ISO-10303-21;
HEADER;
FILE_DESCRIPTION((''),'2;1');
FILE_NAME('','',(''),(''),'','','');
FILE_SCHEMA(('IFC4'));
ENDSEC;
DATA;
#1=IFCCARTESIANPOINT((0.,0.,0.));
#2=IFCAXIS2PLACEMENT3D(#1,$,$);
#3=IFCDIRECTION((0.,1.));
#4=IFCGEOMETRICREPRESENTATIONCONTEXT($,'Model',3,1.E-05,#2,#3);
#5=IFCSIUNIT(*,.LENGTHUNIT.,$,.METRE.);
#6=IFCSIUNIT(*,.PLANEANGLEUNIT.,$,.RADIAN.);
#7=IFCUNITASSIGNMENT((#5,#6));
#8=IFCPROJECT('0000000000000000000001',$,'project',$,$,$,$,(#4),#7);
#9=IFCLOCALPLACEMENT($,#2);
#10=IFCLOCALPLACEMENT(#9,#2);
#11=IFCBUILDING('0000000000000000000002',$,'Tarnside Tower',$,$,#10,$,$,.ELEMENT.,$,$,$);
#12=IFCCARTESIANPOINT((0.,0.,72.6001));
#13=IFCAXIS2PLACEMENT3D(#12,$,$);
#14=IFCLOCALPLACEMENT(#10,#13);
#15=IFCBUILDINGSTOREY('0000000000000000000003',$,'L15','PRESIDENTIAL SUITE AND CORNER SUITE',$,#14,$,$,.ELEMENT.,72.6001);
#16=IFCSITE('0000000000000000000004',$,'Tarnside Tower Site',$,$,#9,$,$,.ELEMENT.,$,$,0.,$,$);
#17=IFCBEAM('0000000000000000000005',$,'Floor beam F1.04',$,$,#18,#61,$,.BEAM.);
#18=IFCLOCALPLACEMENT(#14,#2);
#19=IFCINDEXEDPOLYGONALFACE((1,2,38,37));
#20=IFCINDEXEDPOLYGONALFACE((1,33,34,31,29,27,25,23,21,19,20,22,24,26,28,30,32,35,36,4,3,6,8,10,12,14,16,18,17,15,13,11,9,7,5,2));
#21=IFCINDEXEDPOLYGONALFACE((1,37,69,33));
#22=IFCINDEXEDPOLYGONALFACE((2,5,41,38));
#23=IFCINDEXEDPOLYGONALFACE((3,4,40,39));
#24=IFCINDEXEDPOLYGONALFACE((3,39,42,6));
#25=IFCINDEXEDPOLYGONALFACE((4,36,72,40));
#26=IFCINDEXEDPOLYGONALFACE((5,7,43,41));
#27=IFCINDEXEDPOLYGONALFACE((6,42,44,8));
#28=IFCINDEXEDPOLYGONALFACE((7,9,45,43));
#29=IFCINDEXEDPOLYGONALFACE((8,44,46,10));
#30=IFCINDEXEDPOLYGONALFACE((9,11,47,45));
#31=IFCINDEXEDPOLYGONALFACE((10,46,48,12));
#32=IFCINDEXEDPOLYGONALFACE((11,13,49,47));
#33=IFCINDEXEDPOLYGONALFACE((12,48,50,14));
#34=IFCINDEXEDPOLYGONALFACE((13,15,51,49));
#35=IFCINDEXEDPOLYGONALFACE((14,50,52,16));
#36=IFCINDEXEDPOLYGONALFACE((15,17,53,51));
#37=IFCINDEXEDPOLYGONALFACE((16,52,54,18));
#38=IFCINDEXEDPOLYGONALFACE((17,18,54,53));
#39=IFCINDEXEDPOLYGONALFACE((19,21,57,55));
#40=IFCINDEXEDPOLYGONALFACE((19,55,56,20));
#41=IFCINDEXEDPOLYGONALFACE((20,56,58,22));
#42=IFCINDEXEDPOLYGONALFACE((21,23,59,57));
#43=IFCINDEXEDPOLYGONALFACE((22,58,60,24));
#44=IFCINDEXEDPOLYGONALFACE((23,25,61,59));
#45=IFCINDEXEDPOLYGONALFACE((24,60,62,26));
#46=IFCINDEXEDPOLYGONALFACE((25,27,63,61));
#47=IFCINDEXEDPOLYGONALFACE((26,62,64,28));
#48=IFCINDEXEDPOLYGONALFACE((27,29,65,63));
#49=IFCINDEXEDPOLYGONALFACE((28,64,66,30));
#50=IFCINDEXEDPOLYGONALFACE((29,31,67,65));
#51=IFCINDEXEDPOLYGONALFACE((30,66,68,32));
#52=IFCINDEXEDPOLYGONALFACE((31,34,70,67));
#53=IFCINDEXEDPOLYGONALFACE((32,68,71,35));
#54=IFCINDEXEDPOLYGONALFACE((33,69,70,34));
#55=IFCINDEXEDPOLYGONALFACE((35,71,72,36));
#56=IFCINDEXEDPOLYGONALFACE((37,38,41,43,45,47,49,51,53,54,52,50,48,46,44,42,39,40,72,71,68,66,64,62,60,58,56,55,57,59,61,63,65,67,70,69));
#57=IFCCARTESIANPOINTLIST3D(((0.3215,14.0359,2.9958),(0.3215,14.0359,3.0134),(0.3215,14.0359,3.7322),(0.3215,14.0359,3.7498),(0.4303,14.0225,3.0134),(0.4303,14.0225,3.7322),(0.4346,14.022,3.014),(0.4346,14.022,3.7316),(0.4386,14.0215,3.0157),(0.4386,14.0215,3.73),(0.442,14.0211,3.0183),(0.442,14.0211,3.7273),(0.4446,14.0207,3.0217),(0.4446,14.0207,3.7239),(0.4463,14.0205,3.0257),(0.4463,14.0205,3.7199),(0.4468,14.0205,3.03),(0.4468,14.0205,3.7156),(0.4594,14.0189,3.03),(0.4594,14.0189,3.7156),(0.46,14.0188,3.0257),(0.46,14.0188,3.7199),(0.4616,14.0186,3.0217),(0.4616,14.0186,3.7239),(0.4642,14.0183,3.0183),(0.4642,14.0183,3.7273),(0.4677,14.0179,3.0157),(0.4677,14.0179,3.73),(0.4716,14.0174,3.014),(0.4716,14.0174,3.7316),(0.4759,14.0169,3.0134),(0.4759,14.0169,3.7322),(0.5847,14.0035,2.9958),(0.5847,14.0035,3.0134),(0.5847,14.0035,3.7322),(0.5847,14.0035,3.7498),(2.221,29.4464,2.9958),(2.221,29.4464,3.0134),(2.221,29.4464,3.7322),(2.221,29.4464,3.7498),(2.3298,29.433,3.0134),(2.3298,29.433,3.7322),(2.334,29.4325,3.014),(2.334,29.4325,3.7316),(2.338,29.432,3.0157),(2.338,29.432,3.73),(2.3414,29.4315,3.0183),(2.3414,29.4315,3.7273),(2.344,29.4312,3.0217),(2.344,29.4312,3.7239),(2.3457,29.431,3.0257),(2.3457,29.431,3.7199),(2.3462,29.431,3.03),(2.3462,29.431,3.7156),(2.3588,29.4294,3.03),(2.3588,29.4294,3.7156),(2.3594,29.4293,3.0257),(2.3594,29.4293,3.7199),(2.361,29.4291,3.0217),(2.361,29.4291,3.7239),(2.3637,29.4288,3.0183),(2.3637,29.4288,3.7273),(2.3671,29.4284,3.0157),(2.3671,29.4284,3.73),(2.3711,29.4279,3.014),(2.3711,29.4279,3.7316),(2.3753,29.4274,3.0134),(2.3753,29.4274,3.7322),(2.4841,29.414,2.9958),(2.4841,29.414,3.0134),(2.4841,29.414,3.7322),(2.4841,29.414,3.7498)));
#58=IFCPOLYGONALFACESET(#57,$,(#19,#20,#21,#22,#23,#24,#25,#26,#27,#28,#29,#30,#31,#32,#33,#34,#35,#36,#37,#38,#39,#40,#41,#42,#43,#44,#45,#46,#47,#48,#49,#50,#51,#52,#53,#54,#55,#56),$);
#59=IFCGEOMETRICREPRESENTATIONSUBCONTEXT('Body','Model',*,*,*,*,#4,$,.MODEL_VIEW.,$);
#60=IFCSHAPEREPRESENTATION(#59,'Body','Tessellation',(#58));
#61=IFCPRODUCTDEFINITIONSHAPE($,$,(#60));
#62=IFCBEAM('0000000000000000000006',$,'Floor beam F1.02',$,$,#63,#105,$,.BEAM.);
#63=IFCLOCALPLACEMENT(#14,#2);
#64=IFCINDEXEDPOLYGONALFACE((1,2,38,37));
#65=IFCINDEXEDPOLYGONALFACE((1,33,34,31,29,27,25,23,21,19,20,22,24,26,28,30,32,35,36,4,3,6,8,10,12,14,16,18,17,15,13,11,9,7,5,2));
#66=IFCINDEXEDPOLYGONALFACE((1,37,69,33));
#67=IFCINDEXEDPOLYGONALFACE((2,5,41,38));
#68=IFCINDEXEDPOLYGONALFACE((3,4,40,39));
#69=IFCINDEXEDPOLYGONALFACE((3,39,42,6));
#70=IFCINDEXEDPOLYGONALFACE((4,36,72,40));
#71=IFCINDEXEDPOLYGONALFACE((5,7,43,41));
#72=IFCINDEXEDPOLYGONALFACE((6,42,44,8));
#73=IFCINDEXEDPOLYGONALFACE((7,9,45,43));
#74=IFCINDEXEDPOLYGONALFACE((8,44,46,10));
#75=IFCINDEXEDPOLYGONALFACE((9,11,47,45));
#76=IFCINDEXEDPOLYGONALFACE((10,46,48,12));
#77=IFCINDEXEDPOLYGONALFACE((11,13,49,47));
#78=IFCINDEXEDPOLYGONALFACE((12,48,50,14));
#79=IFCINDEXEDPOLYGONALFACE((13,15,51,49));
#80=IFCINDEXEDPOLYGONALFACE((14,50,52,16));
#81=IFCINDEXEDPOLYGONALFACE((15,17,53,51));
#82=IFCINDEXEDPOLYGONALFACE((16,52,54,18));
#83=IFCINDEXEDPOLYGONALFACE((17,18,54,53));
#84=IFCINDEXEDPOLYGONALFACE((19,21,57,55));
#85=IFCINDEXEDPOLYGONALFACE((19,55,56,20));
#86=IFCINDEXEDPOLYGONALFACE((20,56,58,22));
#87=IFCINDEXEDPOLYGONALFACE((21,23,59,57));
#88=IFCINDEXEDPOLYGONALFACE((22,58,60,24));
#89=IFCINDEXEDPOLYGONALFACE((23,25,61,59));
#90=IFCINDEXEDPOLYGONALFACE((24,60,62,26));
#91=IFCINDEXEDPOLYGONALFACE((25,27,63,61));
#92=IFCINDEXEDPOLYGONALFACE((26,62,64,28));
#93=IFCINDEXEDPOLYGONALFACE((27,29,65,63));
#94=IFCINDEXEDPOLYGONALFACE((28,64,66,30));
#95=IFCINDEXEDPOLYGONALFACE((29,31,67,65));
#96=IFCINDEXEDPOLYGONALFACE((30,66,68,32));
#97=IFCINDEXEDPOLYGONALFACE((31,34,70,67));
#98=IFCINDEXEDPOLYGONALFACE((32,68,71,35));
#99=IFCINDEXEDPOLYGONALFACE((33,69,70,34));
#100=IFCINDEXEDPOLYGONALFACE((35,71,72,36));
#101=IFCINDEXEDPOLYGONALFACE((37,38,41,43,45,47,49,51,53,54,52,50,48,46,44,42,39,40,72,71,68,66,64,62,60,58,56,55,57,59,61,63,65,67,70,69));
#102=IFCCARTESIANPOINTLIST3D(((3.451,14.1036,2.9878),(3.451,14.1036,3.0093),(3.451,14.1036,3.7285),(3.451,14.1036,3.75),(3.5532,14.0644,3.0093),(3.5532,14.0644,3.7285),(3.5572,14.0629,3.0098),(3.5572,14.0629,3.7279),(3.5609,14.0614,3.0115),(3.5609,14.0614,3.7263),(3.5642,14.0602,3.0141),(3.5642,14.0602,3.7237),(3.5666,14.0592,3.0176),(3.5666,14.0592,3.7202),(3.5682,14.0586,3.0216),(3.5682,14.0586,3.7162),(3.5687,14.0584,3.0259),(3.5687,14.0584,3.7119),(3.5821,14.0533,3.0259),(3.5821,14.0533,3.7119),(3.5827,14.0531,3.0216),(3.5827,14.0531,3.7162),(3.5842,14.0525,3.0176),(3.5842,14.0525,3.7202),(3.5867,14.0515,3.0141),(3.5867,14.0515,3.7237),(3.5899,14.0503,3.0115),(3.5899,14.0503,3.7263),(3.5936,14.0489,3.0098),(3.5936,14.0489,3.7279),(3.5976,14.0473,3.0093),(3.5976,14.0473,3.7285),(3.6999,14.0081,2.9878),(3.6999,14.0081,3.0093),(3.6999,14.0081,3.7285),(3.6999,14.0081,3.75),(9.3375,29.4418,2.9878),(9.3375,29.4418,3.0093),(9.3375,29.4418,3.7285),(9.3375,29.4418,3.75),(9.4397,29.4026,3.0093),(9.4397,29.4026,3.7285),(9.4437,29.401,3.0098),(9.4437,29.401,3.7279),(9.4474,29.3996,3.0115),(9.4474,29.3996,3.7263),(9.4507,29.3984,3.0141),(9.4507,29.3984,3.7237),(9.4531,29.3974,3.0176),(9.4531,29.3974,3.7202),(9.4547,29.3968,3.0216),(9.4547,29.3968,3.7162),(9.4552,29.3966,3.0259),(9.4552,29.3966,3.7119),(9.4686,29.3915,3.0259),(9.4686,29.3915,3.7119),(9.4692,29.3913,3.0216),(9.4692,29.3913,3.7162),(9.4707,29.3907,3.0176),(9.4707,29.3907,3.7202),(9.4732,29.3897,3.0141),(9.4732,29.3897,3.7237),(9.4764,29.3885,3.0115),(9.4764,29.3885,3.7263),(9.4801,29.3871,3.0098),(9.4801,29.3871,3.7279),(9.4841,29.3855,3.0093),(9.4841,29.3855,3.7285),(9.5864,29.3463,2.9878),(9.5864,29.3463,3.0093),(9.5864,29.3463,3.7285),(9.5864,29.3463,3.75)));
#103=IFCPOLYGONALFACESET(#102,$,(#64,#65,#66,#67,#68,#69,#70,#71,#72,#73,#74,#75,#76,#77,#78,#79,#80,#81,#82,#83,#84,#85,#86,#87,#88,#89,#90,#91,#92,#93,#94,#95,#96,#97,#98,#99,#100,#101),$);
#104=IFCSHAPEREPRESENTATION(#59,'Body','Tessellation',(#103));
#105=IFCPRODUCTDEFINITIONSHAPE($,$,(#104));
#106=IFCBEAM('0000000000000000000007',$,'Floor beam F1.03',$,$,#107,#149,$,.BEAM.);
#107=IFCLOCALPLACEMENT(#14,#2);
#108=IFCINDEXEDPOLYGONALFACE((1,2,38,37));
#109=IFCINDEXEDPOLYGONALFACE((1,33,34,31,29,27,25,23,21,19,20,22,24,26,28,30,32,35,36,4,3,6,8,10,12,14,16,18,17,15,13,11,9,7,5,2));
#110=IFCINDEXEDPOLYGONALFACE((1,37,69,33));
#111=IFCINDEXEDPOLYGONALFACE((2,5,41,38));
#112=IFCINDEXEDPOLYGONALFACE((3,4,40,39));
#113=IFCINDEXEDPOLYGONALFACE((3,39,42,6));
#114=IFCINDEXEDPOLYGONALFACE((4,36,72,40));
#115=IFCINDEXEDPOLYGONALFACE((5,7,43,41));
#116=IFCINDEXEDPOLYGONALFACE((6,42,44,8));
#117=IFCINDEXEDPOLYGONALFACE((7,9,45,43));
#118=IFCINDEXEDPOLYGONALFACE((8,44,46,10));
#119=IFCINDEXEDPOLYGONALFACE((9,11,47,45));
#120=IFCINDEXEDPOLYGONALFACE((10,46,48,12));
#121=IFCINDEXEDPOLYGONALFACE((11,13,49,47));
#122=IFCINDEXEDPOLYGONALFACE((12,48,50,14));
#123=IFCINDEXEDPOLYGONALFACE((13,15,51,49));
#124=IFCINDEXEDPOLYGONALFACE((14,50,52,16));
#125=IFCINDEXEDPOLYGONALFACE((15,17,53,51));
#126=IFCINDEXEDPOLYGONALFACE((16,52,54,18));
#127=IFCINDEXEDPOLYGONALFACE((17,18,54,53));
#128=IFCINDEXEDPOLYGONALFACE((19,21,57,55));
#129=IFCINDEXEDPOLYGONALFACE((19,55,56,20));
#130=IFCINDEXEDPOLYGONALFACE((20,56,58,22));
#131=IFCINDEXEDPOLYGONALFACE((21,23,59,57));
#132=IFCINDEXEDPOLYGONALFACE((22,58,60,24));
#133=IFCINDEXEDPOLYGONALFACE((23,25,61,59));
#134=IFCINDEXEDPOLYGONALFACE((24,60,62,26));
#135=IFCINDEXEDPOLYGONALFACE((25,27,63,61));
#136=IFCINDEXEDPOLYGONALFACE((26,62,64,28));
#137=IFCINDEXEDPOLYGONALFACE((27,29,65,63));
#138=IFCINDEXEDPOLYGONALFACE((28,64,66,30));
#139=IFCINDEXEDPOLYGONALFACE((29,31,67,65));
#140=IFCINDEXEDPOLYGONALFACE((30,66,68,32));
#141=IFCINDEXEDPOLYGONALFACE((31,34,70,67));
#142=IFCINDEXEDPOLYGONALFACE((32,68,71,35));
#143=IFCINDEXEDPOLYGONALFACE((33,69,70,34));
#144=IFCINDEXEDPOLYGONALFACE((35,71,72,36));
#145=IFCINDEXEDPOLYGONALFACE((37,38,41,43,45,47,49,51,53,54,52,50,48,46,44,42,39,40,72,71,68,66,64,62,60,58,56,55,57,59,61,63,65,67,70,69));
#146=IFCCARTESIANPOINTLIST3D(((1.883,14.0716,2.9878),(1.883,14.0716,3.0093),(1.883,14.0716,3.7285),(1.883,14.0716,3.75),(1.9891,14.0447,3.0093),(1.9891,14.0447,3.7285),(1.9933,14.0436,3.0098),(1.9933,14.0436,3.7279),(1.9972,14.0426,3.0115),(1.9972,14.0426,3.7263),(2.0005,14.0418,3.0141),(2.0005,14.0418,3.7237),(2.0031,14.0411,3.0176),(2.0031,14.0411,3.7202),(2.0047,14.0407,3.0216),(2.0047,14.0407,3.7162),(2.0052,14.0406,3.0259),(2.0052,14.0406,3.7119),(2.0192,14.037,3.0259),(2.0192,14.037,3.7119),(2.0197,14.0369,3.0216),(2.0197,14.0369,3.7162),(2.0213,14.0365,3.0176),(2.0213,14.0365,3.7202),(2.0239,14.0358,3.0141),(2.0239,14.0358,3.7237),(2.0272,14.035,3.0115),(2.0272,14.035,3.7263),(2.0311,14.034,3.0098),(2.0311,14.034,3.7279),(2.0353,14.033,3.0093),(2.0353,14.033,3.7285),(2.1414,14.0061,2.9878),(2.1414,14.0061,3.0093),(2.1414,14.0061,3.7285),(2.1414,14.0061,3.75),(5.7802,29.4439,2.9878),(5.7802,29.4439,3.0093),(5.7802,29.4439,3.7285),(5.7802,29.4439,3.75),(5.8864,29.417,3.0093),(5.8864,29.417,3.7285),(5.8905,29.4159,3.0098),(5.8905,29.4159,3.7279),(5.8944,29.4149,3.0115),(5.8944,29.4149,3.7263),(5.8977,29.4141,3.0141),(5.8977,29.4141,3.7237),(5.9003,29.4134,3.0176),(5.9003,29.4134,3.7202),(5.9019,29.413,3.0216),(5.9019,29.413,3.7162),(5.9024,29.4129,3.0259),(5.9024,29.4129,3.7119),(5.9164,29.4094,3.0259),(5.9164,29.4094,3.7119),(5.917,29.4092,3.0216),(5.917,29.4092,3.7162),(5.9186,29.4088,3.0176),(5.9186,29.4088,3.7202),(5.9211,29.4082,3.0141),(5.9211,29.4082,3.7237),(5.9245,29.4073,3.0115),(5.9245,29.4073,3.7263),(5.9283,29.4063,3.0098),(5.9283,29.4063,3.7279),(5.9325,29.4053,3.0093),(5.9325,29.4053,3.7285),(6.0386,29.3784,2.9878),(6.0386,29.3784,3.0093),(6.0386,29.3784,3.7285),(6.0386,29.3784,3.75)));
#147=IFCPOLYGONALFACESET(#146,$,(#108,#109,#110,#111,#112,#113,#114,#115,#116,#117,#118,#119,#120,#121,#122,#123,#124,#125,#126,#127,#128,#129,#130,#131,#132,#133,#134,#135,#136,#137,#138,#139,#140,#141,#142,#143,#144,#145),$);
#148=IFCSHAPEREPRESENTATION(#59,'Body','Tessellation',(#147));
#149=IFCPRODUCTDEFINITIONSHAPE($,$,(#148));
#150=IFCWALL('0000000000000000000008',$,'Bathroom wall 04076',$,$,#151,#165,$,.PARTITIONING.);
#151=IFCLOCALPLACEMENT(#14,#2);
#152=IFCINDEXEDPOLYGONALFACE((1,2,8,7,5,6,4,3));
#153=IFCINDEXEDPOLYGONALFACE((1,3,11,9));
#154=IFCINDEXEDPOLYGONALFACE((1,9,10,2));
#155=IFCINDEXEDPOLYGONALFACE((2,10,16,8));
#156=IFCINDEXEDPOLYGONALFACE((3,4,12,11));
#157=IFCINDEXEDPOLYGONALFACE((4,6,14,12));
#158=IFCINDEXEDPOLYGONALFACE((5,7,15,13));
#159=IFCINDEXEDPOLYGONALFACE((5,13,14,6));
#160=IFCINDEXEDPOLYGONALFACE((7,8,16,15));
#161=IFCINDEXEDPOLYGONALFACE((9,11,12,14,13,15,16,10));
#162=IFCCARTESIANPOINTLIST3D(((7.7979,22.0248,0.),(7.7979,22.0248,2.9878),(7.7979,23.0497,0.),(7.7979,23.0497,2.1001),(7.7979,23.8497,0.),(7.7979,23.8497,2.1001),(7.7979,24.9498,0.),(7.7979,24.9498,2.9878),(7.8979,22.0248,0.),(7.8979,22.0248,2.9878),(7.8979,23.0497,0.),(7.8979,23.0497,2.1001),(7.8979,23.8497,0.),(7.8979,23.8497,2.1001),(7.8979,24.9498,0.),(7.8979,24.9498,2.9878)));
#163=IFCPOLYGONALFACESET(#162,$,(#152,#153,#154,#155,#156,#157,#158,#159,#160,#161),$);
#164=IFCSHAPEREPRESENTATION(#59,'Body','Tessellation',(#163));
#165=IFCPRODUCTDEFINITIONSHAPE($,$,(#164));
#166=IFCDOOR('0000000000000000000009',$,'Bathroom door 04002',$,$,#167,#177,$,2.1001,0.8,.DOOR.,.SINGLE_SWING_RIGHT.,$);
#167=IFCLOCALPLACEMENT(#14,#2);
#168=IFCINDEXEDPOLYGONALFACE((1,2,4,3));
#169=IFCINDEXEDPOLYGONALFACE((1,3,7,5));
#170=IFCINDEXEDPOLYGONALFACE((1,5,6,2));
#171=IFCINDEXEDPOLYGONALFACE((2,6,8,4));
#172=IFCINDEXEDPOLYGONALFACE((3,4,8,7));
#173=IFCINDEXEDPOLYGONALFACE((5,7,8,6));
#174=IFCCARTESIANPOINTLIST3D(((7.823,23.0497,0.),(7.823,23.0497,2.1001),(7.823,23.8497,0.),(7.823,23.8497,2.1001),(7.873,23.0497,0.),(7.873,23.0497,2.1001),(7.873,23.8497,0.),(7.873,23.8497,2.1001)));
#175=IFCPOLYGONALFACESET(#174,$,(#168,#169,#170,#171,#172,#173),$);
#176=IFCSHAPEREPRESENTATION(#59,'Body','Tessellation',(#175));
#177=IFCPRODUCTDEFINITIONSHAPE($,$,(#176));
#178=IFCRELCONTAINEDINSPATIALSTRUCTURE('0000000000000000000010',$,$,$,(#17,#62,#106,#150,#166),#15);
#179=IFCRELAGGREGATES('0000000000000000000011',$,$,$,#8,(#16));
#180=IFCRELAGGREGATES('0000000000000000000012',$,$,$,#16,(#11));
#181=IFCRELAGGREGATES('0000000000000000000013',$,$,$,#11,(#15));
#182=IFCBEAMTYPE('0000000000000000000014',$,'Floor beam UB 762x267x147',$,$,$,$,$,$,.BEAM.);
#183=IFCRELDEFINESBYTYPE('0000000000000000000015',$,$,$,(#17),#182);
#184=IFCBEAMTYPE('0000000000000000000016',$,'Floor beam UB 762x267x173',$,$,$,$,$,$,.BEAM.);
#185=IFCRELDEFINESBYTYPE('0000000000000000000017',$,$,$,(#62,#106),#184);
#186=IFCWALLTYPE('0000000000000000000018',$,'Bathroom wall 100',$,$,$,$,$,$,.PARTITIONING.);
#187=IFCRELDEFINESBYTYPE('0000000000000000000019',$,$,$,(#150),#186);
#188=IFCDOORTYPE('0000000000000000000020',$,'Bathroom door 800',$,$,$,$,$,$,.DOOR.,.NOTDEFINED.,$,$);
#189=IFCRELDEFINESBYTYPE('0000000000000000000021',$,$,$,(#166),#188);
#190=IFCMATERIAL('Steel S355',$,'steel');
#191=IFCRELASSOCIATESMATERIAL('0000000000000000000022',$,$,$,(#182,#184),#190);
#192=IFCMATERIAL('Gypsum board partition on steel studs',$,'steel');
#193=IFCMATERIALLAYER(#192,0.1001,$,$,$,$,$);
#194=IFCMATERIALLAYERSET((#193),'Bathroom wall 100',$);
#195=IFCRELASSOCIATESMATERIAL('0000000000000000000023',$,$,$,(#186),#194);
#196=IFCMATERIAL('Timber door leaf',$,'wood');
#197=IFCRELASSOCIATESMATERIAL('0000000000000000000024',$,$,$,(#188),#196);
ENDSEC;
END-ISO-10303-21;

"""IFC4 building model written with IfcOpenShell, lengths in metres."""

from ifc_helpers import new_model, si_unit, direction, frame, frame_2d, origin, origin_2d, place, context, subcontext, project, spatial, rectangle, i_section, extrude, material, layer, layer_set, material_profile, profile_set, type_object, element, fill, save


model = new_model("IFC4")

# Units and contexts
model_context = context("Model", 3, precision=1e-05, world=origin(), true_north=direction((0.0, 1.0)))
body_context = subcontext(model_context, "Body", "Model", "MODEL_VIEW")
ifc_project = project(units=[si_unit("LENGTHUNIT", "METRE"), si_unit("PLANEANGLEUNIT", "RADIAN")], contexts=[model_context])

# Site, building, storey
site_placement = place(None, origin())
site = spatial("IfcSite", under=ifc_project, at=site_placement, Name="Tarnside Tower Site", CompositionType="ELEMENT", RefElevation=0.0)
building_placement = place(site_placement, origin())
building = spatial("IfcBuilding", under=site, at=building_placement, Name="Tarnside Tower", CompositionType="ELEMENT")
storey_placement = place(building_placement, frame((0.0, 0.0, 72.6001)))
storey = spatial("IfcBuildingStorey", under=building, at=storey_placement, Name="L15", Description="PRESIDENTIAL SUITE AND CORNER SUITE", CompositionType="ELEMENT", Elevation=72.6001)

# Beams
ifc_material_1 = material(Name="Steel S355", Category="steel")
ifc_material_profile_1 = material_profile(ifc_material_1, i_section(OverallWidth=0.2651, OverallDepth=0.7539, WebThickness=0.0127, FlangeThickness=0.0176, FilletRadius=0.0166, at=origin_2d()), Name="UB 762x267x147")
ifc_profile_set_1 = profile_set([ifc_material_profile_1], Name="Steel S355")
beam_type_1 = type_object("IfcBeamType", Name="Floor beam UB 762x267x147", PredefinedType="BEAM", material=ifc_profile_set_1)
beam_1_placement = place(storey_placement, frame((2.3525, 29.4302, 3.3728), z_axis=(-0.12233, -0.99249, 0.0), x_axis=(0.99249, -0.12233, 0.0)))
element("IfcBeam", 1, at=beam_1_placement, inside=storey, type_object=beam_type_1, Name="Floor beam F1.04", PredefinedType="BEAM", context=body_context, shape_type="SweptSolid", body=[
    extrude(i_section(OverallWidth=0.2651, OverallDepth=0.7539, WebThickness=0.0127, FlangeThickness=0.0176, FilletRadius=0.0166, at=origin_2d()), origin(), (0.0, 0.0, 1.0), 15.5271),
])
ifc_material_profile_2 = material_profile(ifc_material_1, i_section(OverallWidth=0.2666, OverallDepth=0.7622, WebThickness=0.0144, FlangeThickness=0.0215, FilletRadius=0.0166, at=origin_2d()), Name="UB 762x267x173")
ifc_profile_set_2 = profile_set([ifc_material_profile_2], Name="Steel S355")
beam_type_2 = type_object("IfcBeamType", Name="Floor beam UB 762x267x173", PredefinedType="BEAM", material=ifc_profile_set_2)
beam_2_placement = place(storey_placement, frame((9.4619, 29.394, 3.3689), z_axis=(-0.3583, -0.933607, 0.0), x_axis=(0.933607, -0.3583, 0.0)))
element("IfcBeam", 2, at=beam_2_placement, inside=storey, type_object=beam_type_2, Name="Floor beam F1.02", PredefinedType="BEAM", context=body_context, shape_type="SweptSolid", body=[
    extrude(i_section(OverallWidth=0.2666, OverallDepth=0.7622, WebThickness=0.0144, FlangeThickness=0.0215, FilletRadius=0.0166, at=origin_2d()), origin(), (0.0, 0.0, 1.0), 16.429),
])
beam_3_placement = place(storey_placement, frame((5.9094, 29.4111, 3.3689), z_axis=(-0.245747, -0.969334, 0.0), x_axis=(0.969334, -0.245747, 0.0)))
element("IfcBeam", 3, at=beam_3_placement, inside=storey, type_object=beam_type_2, Name="Floor beam F1.03", PredefinedType="BEAM", context=body_context, shape_type="SweptSolid", body=[
    extrude(i_section(OverallWidth=0.2666, OverallDepth=0.7622, WebThickness=0.0144, FlangeThickness=0.0215, FilletRadius=0.0166, at=origin_2d()), origin(), (0.0, 0.0, 1.0), 15.8586),
])

# Wall, opening, door
ifc_material_2 = material(Name="Gypsum board partition on steel studs", Category="steel")
ifc_layer_1 = layer(ifc_material_2, 0.1001)
ifc_layer_set_1 = layer_set([ifc_layer_1], Name="Bathroom wall 100")
wall_type_1 = type_object("IfcWallType", Name="Bathroom wall 100", PredefinedType="PARTITIONING", material=ifc_layer_set_1)
wall_1_placement = place(storey_placement, frame((7.8479, 22.0249, 0.0), z_axis=(0.0, 0.0, 1.0), x_axis=(0.0, 1.0, 0.0)))
wall_1 = element("IfcWall", 4, at=wall_1_placement, inside=storey, type_object=wall_type_1, Name="Bathroom wall 04076", PredefinedType="PARTITIONING", context=body_context, shape_type="SweptSolid", body=[
    extrude(rectangle(XDim=2.925, YDim=0.1001, at=frame_2d((1.4624, 0.0))), origin(), (0.0, 0.0, 1.0), 2.9878),
])
opening_1_placement = place(wall_1_placement, frame((1.0249, 0.0, 0.0)))
opening_1 = element("IfcOpeningElement", 5, at=opening_1_placement, cuts=wall_1, PredefinedType="OPENING", context=body_context, shape_type="SweptSolid", body=[
    extrude(rectangle(XDim=0.8, YDim=2.1001, at=frame_2d((0.3999, 1.05))), frame((0.0, 0.0601, 0.0), z_axis=(0.0, -1.0, 0.0), x_axis=(1.0, 0.0, 0.0)), (0.0, 0.0, 1.0), 0.1201),
])
ifc_material_3 = material(Name="Timber door leaf", Category="wood")
door_type_1 = type_object("IfcDoorType", Name="Bathroom door 800", OperationType="NOTDEFINED", PredefinedType="DOOR", material=ifc_material_3)
door_1_placement = place(opening_1_placement, origin())
door_1 = element("IfcDoor", 6, at=door_1_placement, inside=storey, type_object=door_type_1, Name="Bathroom door 04002", OperationType="SINGLE_SWING_RIGHT", OverallHeight=2.1001, OverallWidth=0.8, PredefinedType="DOOR", context=body_context, shape_type="SweptSolid", body=[
    extrude(rectangle(XDim=0.8, YDim=2.1001, at=frame_2d((0.3999, 1.05))), frame((0.0, 0.0249, 0.0), z_axis=(0.0, -1.0, 0.0), x_axis=(1.0, 0.0, 0.0)), (0.0, 0.0, 1.0), 0.05),
])
fill(opening_1, door_1)

save(model, "model.ifc")
